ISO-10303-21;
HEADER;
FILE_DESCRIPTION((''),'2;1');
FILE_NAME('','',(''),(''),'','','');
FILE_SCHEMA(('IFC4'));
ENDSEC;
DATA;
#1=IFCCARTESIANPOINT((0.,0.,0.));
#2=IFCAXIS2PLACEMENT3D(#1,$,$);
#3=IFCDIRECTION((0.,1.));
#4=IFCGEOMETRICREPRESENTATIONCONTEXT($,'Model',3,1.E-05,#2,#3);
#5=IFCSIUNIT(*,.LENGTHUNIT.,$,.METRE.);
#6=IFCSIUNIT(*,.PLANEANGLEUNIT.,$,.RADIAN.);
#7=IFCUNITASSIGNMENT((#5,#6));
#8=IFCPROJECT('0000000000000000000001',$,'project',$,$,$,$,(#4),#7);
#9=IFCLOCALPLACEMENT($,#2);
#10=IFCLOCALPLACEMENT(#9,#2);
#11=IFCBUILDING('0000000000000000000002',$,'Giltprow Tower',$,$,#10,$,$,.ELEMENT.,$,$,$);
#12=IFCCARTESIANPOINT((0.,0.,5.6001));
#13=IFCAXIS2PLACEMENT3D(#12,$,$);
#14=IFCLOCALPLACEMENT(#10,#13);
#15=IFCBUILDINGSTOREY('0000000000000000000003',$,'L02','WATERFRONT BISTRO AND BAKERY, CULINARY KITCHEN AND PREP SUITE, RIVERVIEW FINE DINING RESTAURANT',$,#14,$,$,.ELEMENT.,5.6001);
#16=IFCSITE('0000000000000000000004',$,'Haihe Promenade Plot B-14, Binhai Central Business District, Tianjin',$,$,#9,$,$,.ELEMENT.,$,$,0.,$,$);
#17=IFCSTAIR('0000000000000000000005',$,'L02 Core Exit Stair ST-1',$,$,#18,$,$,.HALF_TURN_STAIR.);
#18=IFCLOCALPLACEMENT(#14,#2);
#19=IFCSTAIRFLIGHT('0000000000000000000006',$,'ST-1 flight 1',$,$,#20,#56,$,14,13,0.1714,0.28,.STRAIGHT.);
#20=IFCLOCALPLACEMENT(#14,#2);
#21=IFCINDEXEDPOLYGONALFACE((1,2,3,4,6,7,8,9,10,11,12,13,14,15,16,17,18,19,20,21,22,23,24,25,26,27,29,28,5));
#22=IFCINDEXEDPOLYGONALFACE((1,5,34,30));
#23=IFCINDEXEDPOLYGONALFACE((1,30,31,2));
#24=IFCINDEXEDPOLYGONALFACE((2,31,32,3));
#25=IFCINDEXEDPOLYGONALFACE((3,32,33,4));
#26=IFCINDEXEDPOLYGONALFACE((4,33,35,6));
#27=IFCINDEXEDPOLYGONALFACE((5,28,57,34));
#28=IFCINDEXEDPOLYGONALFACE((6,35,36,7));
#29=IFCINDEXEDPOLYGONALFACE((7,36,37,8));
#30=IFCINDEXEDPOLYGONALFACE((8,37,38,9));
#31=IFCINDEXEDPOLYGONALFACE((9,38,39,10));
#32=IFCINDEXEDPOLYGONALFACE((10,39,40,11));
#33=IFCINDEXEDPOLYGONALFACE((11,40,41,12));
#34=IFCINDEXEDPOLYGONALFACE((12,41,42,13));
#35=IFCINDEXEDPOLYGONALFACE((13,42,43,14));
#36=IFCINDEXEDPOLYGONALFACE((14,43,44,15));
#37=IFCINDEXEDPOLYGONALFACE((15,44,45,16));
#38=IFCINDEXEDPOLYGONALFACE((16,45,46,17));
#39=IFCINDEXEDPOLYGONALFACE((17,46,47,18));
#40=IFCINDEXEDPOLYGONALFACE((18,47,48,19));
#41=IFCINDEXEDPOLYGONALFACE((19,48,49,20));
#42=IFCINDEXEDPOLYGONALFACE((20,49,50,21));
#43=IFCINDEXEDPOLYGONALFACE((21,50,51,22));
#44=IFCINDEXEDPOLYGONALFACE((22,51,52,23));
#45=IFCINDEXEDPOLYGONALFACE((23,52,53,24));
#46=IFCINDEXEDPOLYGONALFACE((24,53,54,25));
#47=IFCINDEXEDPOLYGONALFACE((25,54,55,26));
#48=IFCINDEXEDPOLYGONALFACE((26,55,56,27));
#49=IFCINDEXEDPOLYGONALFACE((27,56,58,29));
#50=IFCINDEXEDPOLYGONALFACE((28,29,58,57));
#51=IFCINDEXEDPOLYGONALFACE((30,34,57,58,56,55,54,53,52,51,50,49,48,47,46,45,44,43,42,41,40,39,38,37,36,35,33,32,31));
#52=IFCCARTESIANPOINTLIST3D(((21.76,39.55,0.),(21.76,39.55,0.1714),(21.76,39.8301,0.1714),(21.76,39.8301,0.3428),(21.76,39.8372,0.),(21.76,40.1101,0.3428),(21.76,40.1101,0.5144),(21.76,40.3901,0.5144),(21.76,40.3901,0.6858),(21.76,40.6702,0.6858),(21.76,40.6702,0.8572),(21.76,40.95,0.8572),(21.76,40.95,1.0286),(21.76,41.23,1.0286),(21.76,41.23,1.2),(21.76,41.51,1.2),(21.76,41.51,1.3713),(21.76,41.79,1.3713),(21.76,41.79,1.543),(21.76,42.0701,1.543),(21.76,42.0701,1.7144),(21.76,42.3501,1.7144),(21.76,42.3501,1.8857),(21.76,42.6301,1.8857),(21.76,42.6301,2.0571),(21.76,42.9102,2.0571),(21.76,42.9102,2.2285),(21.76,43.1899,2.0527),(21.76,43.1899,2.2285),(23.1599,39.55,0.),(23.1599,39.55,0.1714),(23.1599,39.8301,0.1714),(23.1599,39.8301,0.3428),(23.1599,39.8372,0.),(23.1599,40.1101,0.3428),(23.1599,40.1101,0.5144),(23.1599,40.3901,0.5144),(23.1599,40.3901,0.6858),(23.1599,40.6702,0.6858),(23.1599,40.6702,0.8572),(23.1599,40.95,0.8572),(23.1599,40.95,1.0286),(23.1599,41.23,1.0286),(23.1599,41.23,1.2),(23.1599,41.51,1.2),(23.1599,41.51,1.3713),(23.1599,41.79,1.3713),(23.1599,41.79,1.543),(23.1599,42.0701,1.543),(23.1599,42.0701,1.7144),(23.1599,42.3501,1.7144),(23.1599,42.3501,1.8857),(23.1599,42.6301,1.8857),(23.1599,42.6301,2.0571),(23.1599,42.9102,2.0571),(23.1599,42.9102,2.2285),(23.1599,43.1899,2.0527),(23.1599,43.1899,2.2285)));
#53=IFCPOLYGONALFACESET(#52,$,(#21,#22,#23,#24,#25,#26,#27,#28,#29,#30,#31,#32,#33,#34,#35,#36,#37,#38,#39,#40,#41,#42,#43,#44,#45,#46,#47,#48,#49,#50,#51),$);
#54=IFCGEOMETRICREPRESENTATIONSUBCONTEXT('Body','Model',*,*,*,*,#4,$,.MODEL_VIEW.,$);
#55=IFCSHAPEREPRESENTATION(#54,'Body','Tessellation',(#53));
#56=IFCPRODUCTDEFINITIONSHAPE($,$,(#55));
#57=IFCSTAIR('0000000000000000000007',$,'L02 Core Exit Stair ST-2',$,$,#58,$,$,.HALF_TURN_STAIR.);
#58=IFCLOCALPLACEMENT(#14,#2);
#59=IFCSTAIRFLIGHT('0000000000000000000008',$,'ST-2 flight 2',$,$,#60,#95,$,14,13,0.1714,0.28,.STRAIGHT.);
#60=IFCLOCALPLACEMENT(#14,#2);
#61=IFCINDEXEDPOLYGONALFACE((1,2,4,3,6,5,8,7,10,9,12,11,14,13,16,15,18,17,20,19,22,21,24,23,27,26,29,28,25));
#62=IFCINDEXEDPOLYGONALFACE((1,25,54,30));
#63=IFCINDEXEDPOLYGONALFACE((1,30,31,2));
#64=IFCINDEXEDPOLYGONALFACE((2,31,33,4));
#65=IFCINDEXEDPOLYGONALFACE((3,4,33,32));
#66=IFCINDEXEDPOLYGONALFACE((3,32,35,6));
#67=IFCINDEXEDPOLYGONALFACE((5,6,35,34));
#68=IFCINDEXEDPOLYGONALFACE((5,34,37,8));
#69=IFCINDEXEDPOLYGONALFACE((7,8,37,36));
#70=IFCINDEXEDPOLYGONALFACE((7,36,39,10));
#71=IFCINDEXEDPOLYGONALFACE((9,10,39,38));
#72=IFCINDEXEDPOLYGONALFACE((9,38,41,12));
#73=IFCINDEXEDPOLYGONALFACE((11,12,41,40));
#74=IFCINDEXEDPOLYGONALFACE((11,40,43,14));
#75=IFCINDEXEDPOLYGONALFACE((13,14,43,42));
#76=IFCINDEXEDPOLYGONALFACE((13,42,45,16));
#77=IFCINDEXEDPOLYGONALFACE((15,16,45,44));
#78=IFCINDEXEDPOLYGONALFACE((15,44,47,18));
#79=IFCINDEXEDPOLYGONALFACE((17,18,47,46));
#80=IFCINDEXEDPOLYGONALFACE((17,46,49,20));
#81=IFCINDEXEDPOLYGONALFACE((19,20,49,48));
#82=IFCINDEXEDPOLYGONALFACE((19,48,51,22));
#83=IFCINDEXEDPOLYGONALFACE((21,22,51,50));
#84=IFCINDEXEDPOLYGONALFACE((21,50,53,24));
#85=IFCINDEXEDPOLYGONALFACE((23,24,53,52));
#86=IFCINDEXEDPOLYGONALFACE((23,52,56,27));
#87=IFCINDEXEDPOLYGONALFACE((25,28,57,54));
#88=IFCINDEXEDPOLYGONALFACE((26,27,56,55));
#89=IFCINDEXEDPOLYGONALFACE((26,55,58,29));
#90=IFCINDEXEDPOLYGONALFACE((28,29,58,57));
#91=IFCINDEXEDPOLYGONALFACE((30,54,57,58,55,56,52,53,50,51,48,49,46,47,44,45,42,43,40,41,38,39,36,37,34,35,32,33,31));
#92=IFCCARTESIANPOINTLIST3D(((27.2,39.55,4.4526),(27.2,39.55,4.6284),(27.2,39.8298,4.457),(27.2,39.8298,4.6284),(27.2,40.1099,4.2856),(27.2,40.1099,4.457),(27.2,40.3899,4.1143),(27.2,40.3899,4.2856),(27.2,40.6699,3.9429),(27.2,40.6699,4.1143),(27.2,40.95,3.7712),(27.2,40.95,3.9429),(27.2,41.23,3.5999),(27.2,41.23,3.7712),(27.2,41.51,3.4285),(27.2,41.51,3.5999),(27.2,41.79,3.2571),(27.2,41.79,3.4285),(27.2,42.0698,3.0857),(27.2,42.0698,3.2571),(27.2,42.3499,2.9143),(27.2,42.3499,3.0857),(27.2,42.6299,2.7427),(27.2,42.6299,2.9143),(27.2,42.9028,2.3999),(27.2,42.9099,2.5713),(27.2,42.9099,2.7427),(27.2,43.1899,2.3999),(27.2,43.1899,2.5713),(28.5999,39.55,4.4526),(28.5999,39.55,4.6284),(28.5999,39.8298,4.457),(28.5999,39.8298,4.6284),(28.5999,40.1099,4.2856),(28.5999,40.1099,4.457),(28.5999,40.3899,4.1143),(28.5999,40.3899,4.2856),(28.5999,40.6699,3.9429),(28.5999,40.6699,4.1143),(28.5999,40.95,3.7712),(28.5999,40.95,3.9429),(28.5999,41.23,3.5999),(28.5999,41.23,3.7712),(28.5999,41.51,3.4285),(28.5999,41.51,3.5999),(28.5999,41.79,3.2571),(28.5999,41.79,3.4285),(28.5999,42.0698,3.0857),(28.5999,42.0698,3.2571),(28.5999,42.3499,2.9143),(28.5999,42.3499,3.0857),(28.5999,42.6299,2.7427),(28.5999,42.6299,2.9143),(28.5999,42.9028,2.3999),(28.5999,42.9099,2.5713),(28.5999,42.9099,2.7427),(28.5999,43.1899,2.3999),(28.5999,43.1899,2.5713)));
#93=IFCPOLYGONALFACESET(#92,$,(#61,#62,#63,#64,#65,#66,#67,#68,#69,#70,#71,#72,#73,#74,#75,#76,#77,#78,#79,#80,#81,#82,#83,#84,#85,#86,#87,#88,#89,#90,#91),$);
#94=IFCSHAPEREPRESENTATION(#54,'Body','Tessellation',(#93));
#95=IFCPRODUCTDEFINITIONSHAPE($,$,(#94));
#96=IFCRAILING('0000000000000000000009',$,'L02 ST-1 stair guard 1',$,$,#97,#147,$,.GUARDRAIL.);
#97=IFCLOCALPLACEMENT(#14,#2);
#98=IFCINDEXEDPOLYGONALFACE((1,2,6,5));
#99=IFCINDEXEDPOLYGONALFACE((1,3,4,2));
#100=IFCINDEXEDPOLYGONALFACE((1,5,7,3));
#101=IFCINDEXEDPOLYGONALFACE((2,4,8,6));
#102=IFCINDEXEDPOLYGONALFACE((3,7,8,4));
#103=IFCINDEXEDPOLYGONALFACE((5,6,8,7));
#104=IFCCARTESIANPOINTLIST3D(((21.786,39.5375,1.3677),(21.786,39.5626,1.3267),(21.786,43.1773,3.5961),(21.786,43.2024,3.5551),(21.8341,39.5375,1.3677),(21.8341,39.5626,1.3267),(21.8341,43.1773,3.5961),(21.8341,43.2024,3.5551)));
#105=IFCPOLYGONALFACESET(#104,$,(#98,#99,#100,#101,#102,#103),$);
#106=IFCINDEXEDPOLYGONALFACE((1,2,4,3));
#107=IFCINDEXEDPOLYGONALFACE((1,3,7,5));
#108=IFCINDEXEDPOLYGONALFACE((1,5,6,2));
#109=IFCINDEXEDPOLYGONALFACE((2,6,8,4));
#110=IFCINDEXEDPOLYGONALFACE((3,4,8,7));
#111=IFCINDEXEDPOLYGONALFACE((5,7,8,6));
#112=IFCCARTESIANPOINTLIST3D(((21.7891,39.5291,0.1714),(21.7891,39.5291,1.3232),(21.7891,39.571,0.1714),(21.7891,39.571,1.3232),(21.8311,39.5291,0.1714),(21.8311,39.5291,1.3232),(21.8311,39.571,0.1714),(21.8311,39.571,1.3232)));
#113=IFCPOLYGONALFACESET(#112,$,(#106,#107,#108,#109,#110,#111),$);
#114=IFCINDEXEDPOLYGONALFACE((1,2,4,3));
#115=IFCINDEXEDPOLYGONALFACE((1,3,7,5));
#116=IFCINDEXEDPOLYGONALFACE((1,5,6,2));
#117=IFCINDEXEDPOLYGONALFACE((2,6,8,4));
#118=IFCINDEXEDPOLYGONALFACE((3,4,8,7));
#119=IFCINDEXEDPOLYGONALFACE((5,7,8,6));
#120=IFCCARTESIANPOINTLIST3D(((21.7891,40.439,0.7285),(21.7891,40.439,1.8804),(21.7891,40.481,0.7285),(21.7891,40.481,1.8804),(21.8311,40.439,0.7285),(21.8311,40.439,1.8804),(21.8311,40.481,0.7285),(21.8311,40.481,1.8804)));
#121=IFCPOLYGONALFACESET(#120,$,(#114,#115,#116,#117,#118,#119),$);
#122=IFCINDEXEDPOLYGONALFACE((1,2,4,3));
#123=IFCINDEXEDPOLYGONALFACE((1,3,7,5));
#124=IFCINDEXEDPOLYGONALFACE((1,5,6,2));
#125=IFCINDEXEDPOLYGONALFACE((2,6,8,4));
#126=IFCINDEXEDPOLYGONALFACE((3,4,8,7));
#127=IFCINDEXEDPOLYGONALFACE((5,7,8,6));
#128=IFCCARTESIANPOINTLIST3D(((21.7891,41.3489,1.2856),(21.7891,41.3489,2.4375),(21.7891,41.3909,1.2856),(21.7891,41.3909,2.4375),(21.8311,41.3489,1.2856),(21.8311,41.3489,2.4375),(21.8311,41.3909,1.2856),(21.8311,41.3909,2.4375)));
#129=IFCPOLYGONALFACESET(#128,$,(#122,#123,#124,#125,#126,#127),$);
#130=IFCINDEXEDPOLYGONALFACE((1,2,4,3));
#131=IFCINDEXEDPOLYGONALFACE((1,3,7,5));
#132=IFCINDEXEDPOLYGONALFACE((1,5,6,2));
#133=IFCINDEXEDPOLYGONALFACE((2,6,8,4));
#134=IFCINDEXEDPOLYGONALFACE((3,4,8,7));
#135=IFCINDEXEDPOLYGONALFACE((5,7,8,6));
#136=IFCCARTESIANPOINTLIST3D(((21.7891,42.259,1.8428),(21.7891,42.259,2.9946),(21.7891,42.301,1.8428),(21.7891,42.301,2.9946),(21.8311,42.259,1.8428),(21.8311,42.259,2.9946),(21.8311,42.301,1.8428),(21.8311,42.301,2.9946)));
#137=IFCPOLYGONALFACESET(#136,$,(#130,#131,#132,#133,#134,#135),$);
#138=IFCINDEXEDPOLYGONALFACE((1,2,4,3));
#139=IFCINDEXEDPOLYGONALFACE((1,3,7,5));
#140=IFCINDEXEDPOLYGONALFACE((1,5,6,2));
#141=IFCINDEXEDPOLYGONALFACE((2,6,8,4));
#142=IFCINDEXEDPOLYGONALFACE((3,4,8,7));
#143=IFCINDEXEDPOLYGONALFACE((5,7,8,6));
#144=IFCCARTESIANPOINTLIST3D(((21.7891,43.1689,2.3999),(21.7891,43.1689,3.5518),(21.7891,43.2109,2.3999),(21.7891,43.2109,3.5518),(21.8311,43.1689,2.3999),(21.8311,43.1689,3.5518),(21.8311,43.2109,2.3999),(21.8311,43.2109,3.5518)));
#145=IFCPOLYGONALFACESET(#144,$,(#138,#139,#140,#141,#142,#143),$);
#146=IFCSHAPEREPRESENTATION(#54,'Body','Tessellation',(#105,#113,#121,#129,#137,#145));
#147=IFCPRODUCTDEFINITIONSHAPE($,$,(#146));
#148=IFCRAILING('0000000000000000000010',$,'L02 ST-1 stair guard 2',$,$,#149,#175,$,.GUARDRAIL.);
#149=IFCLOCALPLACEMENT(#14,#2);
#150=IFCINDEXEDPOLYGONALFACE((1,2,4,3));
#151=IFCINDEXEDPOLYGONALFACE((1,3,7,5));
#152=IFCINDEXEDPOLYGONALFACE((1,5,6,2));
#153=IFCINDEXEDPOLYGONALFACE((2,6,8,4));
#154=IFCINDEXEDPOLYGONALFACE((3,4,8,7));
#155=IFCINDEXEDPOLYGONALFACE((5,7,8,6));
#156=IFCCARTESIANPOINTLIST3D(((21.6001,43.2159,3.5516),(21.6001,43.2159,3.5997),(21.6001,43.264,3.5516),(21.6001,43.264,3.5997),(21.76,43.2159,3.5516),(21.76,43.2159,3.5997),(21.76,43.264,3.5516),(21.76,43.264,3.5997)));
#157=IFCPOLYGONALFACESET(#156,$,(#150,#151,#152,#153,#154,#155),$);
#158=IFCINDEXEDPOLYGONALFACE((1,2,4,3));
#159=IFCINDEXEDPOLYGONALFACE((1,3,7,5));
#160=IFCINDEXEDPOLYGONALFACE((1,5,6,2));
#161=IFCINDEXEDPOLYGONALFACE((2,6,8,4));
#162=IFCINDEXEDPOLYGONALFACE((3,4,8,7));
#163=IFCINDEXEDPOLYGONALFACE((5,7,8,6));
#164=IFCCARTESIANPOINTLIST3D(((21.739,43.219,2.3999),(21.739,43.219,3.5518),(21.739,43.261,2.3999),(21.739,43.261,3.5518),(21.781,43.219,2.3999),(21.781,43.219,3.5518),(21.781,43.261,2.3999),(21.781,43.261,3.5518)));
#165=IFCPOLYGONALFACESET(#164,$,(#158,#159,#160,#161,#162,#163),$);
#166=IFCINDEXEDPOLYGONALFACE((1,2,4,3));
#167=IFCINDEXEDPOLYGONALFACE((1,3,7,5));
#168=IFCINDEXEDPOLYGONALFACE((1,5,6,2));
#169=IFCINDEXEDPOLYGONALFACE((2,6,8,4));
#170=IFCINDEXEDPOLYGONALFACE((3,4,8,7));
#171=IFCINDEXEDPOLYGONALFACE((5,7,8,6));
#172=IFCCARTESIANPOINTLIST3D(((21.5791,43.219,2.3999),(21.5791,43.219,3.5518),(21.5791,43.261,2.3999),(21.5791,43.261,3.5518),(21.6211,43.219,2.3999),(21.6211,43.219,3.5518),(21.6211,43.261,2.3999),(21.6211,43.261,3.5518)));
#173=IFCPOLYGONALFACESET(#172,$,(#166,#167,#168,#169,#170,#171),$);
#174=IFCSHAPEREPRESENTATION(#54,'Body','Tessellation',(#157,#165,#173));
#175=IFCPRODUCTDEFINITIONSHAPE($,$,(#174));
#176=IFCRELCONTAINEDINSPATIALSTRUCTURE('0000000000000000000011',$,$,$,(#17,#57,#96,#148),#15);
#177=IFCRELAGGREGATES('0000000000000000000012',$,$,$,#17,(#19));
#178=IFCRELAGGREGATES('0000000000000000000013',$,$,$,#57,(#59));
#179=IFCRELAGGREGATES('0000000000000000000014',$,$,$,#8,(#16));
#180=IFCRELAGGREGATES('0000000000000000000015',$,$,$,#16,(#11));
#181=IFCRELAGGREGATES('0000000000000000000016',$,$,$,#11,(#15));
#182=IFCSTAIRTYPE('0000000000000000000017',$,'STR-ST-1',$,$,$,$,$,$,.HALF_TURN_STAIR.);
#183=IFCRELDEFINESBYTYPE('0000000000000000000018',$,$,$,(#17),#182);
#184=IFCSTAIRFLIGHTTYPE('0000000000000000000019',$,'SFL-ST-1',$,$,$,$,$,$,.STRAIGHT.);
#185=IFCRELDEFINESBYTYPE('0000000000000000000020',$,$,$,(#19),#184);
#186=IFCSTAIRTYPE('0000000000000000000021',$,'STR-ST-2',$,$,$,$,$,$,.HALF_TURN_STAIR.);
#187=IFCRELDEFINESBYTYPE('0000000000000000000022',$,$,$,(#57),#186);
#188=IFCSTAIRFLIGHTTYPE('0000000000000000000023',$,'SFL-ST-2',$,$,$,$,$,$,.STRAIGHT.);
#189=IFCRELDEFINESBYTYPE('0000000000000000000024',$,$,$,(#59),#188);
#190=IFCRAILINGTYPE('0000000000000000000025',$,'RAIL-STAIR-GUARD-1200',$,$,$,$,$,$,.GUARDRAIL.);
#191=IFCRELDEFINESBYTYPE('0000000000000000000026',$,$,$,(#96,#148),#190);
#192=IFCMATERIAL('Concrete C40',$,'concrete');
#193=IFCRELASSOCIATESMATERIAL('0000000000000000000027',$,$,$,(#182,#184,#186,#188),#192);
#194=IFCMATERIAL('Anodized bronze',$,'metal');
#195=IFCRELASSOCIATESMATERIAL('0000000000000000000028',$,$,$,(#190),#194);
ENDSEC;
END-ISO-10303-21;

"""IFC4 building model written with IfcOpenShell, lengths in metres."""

from ifc_helpers import new_model, si_unit, direction, frame, origin, origin_2d, place, context, subcontext, project, spatial, polyline, rectangle, outline, extrude, material, type_object, element, aggregate, save


model = new_model("IFC4")

# Units and contexts
model_context = context("Model", 3, precision=1e-05, world=origin(), true_north=direction((0.0, 1.0)))
body_context = subcontext(model_context, "Body", "Model", "MODEL_VIEW")
ifc_project = project(units=[si_unit("LENGTHUNIT", "METRE"), si_unit("PLANEANGLEUNIT", "RADIAN")], contexts=[model_context])

# Site, building, storey
site_placement = place(None, origin())
site = spatial("IfcSite", under=ifc_project, at=site_placement, Name="Haihe Promenade Plot B-14, Binhai Central Business District, Tianjin", CompositionType="ELEMENT", RefElevation=0.0)
building_placement = place(site_placement, origin())
building = spatial("IfcBuilding", under=site, at=building_placement, Name="Giltprow Tower", CompositionType="ELEMENT")
storey_placement = place(building_placement, frame((0.0, 0.0, 5.6001)))
storey = spatial("IfcBuildingStorey", under=building, at=storey_placement, Name="L02", Description="WATERFRONT BISTRO AND BAKERY, CULINARY KITCHEN AND PREP SUITE, RIVERVIEW FINE DINING RESTAURANT", CompositionType="ELEMENT", Elevation=5.6001)

# Shared definitions
ifc_material_1 = material(Name="Concrete C40", Category="concrete")

# Stairs, stair flights
stair_type_1 = type_object("IfcStairType", Name="STR-ST-1", PredefinedType="HALF_TURN_STAIR", material=ifc_material_1)
stair_1_placement = place(storey_placement, origin())
stair_1 = element("IfcStair", 1, at=stair_1_placement, inside=storey, type_object=stair_type_1, Name="L02 Core Exit Stair ST-1", PredefinedType="HALF_TURN_STAIR")
stair_flight_type_1 = type_object("IfcStairFlightType", Name="SFL-ST-1", PredefinedType="STRAIGHT", material=ifc_material_1)
stair_flight_1_placement = place(storey_placement, frame((22.46, 39.55, 0.0), z_axis=(0.0, 0.0, 1.0), x_axis=(0.0, 1.0, 0.0)))
stair_flight_1 = element("IfcStairFlight", 2, at=stair_flight_1_placement, type_object=stair_flight_type_1, Name="ST-1 flight 1", NumberOfRisers=14, NumberOfTreads=13, PredefinedType="STRAIGHT", RiserHeight=0.1714, TreadLength=0.28, context=body_context, shape_type="SweptSolid", body=[
    extrude(outline(polyline([(0.0, 0.0), (0.0, 0.1714), (0.28, 0.1714), (0.28, 0.3428), (0.5601, 0.3428), (0.5601, 0.5144), (0.8401, 0.5144), (0.8401, 0.6858), (1.1201, 0.6858), (1.1201, 0.8572), (1.3999, 0.8572), (1.3999, 1.0286), (1.6799, 1.0286), (1.6799, 1.2), (1.96, 1.2), (1.96, 1.3713), (2.24, 1.3713), (2.24, 1.543), (2.52, 1.543), (2.52, 1.7144), (2.8, 1.7144), (2.8, 1.8857), (3.0801, 1.8857), (3.0801, 2.0571), (3.3601, 2.0571), (3.3601, 2.2285), (3.6399, 2.2285), (3.6399, 2.3999), (3.6399, 2.0527), (0.2871, 0.0), (0.0, 0.0)])), frame((0.0, 0.7, 0.0), z_axis=(0.0, -1.0, 0.0), x_axis=(1.0, 0.0, 0.0)), (0.0, 0.0, 1.0), 1.3999),
])
aggregate(stair_1, [stair_flight_1])
stair_type_2 = type_object("IfcStairType", Name="STR-ST-2", PredefinedType="HALF_TURN_STAIR", material=ifc_material_1)
stair_2_placement = place(storey_placement, origin())
stair_2 = element("IfcStair", 3, at=stair_2_placement, inside=storey, type_object=stair_type_2, Name="L02 Core Exit Stair ST-2", PredefinedType="HALF_TURN_STAIR")
stair_flight_type_2 = type_object("IfcStairFlightType", Name="SFL-ST-2", PredefinedType="STRAIGHT", material=ifc_material_1)
stair_flight_2_placement = place(storey_placement, frame((27.8999, 43.1899, 2.3999), z_axis=(0.0, 0.0, 1.0), x_axis=(0.0, -1.0, 0.0)))
stair_flight_2 = element("IfcStairFlight", 4, at=stair_flight_2_placement, type_object=stair_flight_type_2, Name="ST-2 flight 2", NumberOfRisers=14, NumberOfTreads=13, PredefinedType="STRAIGHT", RiserHeight=0.1714, TreadLength=0.28, context=body_context, shape_type="SweptSolid", body=[
    extrude(outline(polyline([(0.0, 0.0), (0.0, 0.1714), (0.28, 0.1714), (0.28, 0.3428), (0.5601, 0.3428), (0.5601, 0.5144), (0.8401, 0.5144), (0.8401, 0.6858), (1.1201, 0.6858), (1.1201, 0.8572), (1.3999, 0.8572), (1.3999, 1.0286), (1.6799, 1.0286), (1.6799, 1.2), (1.96, 1.2), (1.96, 1.3713), (2.24, 1.3713), (2.24, 1.543), (2.52, 1.543), (2.52, 1.7144), (2.8, 1.7144), (2.8, 1.8857), (3.0801, 1.8857), (3.0801, 2.0571), (3.3601, 2.0571), (3.3601, 2.2285), (3.6399, 2.2285), (3.6399, 2.3999), (3.6399, 2.0527), (0.2871, 0.0), (0.0, 0.0)])), frame((0.0, 0.7, 0.0), z_axis=(0.0, -1.0, 0.0), x_axis=(1.0, 0.0, 0.0)), (0.0, 0.0, 1.0), 1.3999),
])
aggregate(stair_2, [stair_flight_2])

# Railings
ifc_material_2 = material(Name="Anodized bronze", Category="metal")
railing_type_1 = type_object("IfcRailingType", Name="RAIL-STAIR-GUARD-1200", PredefinedType="GUARDRAIL", material=ifc_material_2)
railing_1_placement = place(storey_placement, frame((21.8101, 39.55, 0.1714)))
element("IfcRailing", 5, at=railing_1_placement, inside=storey, type_object=railing_type_1, Name="L02 ST-1 stair guard 1", PredefinedType="GUARDRAIL", context=body_context, shape_type="SweptSolid", body=[
    extrude(rectangle(XDim=0.0481, YDim=0.0481, at=origin_2d()), frame((0.0, 0.0, 1.1758), z_axis=(0.0, 0.85285, 0.522156), x_axis=(-1.0, 0.0, 0.0)), (0.0, 0.0, 1.0), 4.2678),
    extrude(rectangle(XDim=0.042, YDim=0.042, at=origin_2d()), origin(), (0.0, 0.0, 1.0), 1.1519),
    extrude(rectangle(XDim=0.042, YDim=0.042, at=origin_2d()), frame((0.0, 0.9099, 0.5571)), (0.0, 0.0, 1.0), 1.1519),
    extrude(rectangle(XDim=0.042, YDim=0.042, at=origin_2d()), frame((0.0, 1.8198, 1.1143)), (0.0, 0.0, 1.0), 1.1519),
    extrude(rectangle(XDim=0.042, YDim=0.042, at=origin_2d()), frame((0.0, 2.73, 1.6714)), (0.0, 0.0, 1.0), 1.1519),
    extrude(rectangle(XDim=0.042, YDim=0.042, at=origin_2d()), frame((0.0, 3.6399, 2.2285)), (0.0, 0.0, 1.0), 1.1519),
])
railing_2_placement = place(storey_placement, frame((21.76, 43.24, 2.3999)))
element("IfcRailing", 6, at=railing_2_placement, inside=storey, type_object=railing_type_1, Name="L02 ST-1 stair guard 2", PredefinedType="GUARDRAIL", context=body_context, shape_type="SweptSolid", body=[
    extrude(rectangle(XDim=0.0481, YDim=0.0481, at=origin_2d()), frame((0.0, 0.0, 1.1758), z_axis=(-1.0, 0.0, 0.0), x_axis=(0.0, -1.0, 0.0)), (0.0, 0.0, 1.0), 0.1599),
    extrude(rectangle(XDim=0.042, YDim=0.042, at=origin_2d()), origin(), (0.0, 0.0, 1.0), 1.1519),
    extrude(rectangle(XDim=0.042, YDim=0.042, at=origin_2d()), frame((-0.1599, 0.0, 0.0)), (0.0, 0.0, 1.0), 1.1519),
])

save(model, "model.ifc")
